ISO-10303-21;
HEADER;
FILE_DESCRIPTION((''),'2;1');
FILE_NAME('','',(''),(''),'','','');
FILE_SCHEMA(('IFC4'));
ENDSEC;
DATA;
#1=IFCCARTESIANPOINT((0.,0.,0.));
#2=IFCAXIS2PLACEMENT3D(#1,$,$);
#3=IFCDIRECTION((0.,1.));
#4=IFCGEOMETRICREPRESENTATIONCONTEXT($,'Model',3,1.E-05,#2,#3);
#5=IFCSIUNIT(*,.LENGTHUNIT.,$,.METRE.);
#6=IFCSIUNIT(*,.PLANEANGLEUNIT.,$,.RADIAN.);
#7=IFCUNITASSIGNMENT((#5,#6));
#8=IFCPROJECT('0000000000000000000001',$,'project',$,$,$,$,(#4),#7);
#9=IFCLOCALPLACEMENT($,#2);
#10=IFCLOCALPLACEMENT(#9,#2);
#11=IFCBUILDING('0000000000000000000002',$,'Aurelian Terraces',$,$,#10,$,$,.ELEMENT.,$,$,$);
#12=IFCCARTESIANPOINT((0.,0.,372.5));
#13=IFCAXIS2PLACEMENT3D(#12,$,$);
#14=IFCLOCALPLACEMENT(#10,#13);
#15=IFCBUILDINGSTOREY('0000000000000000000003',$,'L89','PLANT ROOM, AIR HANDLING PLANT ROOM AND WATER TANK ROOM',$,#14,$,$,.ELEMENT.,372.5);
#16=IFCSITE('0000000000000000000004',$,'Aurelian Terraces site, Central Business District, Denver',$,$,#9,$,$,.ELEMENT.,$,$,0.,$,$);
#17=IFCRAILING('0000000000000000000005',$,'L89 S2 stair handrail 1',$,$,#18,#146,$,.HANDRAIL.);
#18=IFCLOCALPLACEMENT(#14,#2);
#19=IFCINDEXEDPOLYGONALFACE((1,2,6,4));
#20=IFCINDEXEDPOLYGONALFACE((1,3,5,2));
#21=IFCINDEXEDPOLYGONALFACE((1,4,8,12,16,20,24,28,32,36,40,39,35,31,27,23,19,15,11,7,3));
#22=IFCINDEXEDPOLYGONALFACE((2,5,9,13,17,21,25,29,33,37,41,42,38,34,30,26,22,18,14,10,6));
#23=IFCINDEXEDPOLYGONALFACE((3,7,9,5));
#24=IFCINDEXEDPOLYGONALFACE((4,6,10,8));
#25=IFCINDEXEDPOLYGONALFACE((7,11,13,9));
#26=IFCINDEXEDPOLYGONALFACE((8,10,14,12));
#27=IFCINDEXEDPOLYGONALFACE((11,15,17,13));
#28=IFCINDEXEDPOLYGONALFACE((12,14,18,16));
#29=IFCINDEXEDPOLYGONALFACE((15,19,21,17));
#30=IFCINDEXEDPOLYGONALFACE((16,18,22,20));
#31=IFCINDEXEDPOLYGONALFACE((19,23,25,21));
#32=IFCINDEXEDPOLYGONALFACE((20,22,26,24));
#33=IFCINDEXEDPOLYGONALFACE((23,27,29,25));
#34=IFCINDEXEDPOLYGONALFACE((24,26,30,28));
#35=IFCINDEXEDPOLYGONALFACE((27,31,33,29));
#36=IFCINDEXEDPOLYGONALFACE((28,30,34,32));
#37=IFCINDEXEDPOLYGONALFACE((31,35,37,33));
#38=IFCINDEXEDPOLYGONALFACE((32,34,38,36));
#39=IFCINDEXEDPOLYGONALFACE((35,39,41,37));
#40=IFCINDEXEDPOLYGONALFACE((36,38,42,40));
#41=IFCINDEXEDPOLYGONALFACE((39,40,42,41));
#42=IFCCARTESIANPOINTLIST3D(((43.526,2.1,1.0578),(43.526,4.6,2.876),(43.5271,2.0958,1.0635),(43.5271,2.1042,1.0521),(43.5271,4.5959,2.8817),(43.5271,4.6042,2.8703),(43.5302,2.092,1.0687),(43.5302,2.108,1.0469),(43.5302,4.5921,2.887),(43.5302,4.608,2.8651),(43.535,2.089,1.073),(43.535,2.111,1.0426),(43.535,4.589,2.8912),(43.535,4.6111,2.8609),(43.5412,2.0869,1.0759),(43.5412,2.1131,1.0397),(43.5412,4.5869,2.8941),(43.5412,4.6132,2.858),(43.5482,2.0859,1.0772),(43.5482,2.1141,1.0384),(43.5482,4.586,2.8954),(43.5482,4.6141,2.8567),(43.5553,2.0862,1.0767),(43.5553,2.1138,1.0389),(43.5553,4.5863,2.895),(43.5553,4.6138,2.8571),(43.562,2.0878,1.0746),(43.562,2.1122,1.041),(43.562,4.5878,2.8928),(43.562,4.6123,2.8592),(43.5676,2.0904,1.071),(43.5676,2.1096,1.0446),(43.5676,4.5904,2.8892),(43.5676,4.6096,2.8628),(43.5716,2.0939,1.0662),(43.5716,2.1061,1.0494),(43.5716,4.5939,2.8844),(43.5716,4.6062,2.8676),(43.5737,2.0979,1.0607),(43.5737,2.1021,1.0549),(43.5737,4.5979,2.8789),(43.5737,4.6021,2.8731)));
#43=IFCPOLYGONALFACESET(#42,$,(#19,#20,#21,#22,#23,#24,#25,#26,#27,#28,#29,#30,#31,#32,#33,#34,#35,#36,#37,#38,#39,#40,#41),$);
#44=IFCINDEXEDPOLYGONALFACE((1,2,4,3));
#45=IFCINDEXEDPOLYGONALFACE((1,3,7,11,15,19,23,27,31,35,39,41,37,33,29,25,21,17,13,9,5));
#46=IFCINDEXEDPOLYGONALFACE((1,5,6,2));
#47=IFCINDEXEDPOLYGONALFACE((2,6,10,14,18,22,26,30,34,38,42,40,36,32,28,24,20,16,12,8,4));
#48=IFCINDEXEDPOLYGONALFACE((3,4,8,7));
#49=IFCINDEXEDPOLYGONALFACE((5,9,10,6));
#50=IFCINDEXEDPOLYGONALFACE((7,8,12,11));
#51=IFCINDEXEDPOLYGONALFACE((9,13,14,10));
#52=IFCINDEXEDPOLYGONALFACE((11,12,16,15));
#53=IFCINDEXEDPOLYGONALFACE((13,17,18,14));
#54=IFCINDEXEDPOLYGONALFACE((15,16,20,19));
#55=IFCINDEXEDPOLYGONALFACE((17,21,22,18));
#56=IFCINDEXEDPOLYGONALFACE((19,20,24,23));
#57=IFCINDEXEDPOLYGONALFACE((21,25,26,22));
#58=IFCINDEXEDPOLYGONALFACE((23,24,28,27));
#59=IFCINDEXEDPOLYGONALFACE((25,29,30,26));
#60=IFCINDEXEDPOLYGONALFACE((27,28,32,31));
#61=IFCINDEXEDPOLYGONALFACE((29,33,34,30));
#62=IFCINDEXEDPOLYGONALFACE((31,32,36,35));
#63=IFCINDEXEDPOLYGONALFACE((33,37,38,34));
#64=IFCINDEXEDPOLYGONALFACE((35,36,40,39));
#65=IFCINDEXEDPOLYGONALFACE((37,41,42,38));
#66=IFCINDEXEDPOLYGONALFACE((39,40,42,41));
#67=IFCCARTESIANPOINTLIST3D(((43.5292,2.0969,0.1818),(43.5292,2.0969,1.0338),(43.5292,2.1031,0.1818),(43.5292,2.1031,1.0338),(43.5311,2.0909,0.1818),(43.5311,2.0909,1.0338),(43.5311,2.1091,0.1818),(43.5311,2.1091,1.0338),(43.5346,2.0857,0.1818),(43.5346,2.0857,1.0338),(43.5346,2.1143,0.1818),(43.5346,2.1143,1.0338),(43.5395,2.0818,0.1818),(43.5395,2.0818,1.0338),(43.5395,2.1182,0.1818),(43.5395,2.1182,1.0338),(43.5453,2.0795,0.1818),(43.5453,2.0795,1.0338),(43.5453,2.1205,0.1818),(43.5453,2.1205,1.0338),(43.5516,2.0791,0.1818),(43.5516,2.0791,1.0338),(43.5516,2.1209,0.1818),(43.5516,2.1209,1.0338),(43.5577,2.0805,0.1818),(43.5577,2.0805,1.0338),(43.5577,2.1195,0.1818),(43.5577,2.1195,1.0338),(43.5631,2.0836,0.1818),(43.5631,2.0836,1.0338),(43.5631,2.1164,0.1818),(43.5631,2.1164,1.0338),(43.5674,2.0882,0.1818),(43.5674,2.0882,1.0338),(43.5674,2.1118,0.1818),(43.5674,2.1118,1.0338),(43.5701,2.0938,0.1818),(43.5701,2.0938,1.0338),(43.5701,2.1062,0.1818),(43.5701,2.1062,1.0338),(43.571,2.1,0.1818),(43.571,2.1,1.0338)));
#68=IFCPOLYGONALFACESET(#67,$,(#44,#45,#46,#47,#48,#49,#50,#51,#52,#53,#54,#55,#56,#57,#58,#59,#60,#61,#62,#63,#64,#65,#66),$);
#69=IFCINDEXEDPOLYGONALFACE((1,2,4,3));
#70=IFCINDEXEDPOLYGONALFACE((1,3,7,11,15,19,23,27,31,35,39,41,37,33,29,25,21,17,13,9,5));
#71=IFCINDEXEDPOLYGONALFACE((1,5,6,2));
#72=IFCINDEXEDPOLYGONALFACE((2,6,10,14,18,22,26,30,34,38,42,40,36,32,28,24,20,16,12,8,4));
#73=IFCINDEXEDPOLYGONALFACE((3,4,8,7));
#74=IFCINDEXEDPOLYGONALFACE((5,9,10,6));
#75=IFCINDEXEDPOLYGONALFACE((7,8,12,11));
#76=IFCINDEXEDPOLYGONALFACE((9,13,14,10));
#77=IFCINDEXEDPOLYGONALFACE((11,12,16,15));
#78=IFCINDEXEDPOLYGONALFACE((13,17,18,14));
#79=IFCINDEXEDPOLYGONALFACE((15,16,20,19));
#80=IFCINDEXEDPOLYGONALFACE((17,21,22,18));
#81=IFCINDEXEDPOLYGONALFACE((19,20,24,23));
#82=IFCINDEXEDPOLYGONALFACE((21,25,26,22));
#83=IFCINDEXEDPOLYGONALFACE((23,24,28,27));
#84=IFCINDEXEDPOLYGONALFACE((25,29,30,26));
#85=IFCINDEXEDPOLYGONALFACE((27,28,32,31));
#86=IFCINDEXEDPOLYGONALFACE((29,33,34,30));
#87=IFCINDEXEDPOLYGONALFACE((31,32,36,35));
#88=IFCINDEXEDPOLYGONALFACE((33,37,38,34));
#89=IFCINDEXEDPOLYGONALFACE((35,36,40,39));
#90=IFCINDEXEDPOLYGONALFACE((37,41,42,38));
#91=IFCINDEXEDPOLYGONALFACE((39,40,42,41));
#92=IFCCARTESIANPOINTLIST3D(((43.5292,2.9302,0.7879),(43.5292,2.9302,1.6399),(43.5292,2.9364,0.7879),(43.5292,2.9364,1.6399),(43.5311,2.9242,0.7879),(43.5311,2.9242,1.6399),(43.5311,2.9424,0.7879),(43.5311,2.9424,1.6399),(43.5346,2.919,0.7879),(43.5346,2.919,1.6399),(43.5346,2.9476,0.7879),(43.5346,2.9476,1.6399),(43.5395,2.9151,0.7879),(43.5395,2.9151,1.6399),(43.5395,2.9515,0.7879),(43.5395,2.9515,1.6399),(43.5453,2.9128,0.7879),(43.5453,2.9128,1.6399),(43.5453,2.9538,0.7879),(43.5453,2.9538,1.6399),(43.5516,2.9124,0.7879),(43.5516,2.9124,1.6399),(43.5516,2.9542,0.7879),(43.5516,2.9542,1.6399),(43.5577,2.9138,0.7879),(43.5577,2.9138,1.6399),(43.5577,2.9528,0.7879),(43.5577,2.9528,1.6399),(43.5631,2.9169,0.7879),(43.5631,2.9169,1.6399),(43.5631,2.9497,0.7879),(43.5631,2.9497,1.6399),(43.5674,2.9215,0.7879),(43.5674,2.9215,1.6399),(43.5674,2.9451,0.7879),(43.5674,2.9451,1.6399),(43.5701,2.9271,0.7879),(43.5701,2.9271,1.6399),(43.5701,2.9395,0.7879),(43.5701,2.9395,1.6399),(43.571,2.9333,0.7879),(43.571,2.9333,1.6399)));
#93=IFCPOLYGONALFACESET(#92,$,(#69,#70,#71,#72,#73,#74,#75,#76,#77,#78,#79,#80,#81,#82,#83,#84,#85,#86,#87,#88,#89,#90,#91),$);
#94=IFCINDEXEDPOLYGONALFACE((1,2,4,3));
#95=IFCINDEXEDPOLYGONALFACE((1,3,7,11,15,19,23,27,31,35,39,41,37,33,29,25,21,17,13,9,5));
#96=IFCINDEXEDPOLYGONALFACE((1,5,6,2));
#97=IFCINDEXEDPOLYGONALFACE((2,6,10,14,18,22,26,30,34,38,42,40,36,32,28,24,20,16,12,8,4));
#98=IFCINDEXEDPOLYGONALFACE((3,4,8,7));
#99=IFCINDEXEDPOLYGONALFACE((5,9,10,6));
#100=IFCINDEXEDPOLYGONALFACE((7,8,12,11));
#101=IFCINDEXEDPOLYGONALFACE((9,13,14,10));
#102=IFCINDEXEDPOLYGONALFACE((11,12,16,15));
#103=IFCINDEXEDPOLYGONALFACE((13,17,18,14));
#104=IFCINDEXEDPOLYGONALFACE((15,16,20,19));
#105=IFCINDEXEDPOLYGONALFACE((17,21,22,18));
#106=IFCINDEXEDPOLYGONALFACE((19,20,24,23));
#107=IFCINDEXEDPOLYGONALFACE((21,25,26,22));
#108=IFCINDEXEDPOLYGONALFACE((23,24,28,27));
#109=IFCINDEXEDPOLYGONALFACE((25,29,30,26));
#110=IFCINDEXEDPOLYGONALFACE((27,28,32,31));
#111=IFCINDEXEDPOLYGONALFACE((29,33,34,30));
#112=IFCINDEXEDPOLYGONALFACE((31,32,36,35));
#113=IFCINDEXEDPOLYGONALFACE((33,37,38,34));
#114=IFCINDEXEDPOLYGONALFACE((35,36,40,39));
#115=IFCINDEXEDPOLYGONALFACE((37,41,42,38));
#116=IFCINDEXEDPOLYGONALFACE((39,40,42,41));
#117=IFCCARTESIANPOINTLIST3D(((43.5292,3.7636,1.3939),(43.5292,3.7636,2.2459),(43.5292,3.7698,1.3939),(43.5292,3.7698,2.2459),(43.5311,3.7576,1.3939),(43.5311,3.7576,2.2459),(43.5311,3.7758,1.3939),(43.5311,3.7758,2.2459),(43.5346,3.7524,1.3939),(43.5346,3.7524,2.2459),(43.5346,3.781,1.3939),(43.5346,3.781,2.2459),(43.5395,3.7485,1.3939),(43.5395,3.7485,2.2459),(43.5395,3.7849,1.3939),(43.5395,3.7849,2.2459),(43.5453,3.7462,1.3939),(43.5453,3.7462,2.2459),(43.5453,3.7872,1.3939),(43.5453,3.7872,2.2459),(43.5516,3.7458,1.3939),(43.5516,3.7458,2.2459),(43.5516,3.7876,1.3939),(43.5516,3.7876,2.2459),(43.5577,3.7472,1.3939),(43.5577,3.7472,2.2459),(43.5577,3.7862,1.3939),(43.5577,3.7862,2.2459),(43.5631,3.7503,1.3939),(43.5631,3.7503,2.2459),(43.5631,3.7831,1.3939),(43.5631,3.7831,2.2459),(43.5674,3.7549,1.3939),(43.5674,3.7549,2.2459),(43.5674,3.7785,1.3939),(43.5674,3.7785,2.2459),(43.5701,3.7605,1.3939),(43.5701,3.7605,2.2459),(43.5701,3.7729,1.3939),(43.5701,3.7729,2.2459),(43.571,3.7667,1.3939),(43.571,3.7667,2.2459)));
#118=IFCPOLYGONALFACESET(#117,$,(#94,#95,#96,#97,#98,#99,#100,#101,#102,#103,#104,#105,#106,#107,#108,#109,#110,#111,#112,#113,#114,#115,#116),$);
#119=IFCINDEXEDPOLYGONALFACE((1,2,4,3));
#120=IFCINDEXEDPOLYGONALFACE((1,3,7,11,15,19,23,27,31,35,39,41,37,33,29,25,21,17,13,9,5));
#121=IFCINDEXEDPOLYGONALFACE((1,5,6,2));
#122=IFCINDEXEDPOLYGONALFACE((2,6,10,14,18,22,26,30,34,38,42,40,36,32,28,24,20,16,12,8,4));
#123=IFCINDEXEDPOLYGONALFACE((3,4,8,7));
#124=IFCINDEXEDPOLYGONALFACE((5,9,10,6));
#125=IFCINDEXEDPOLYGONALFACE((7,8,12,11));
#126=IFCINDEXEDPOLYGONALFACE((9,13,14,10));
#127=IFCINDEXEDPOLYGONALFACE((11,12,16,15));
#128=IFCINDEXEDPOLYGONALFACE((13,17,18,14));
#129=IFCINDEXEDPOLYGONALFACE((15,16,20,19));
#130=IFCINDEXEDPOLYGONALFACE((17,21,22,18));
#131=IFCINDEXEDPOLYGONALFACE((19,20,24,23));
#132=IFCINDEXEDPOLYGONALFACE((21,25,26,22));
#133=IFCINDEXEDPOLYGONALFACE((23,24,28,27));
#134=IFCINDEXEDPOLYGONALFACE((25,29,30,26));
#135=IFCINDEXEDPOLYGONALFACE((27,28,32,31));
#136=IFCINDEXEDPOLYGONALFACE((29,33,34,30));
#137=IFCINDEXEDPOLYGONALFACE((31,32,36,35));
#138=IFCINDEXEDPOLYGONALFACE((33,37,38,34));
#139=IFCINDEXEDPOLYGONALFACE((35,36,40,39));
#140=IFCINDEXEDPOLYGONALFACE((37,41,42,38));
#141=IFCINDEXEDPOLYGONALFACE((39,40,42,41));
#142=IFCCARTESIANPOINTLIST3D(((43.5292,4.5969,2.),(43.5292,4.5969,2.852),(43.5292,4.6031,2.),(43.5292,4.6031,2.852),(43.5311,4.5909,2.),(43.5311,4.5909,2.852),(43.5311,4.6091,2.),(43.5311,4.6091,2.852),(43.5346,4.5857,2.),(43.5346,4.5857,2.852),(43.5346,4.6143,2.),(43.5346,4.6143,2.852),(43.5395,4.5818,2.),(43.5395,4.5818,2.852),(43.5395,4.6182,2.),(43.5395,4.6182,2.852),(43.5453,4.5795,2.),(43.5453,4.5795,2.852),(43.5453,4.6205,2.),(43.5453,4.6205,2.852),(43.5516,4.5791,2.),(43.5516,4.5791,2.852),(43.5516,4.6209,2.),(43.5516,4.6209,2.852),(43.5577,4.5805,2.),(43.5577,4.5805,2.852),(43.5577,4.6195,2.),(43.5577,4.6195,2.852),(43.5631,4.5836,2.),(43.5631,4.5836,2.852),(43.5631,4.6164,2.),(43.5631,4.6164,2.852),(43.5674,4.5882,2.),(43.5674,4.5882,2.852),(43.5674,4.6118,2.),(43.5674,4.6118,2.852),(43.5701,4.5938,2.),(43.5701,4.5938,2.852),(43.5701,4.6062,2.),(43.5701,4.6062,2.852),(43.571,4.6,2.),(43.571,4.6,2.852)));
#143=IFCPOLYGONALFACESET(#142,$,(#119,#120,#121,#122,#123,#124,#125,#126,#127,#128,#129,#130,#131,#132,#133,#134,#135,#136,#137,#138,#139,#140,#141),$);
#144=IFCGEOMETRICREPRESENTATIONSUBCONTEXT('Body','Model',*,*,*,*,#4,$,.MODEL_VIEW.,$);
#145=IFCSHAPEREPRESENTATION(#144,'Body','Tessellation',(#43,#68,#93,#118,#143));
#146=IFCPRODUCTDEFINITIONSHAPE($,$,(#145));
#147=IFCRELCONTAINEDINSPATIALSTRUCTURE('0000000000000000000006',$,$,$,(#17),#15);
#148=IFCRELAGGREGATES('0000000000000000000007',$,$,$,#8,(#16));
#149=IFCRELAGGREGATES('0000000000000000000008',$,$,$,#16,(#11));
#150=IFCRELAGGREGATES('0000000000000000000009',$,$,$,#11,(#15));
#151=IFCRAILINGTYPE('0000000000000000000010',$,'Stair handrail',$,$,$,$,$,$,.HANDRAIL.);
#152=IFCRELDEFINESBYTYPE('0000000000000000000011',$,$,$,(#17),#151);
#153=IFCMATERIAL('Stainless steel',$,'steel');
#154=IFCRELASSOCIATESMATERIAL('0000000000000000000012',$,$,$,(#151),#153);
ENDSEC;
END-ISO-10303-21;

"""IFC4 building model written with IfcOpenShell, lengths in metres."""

from ifc_helpers import new_model, si_unit, direction, frame, origin, origin_2d, place, context, subcontext, project, spatial, circle, extrude, source, transform, mapped, material, type_object, element, save


model = new_model("IFC4")

# Units and contexts
model_context = context("Model", 3, precision=1e-05, world=origin(), true_north=direction((0.0, 1.0)))
body_context = subcontext(model_context, "Body", "Model", "MODEL_VIEW")
ifc_project = project(units=[si_unit("LENGTHUNIT", "METRE"), si_unit("PLANEANGLEUNIT", "RADIAN")], contexts=[model_context])

# Site, building, storey
site_placement = place(None, origin())
site = spatial("IfcSite", under=ifc_project, at=site_placement, Name="Aurelian Terraces site, Central Business District, Denver", CompositionType="ELEMENT", RefElevation=0.0)
building_placement = place(site_placement, origin())
building = spatial("IfcBuilding", under=site, at=building_placement, Name="Aurelian Terraces", CompositionType="ELEMENT")
storey_placement = place(building_placement, frame((0.0, 0.0, 372.5)))
storey = spatial("IfcBuildingStorey", under=building, at=storey_placement, Name="L89", Description="PLANT ROOM, AIR HANDLING PLANT ROOM AND WATER TANK ROOM", CompositionType="ELEMENT", Elevation=372.5)

# Railing
ifc_material_1 = material(Name="Stainless steel", Category="steel")
railing_type_1 = type_object("IfcRailingType", Name="Stair handrail", PredefinedType="HANDRAIL", material=ifc_material_1)
shared_shape_1 = source(origin(), body_context, "Body", "SweptSolid", [
    extrude(circle(Radius=0.024, at=origin_2d()), frame((0.0, 0.0, 0.876), z_axis=(0.0, 0.808733, 0.588176), x_axis=(-1.0, 0.0, 0.0)), (0.0, 0.0, 1.0), 3.0913),
    extrude(circle(Radius=0.021, at=origin_2d()), origin(), (0.0, 0.0, 1.0), 0.852),
    extrude(circle(Radius=0.021, at=origin_2d()), frame((0.0, 0.8333, 0.6061)), (0.0, 0.0, 1.0), 0.852),
    extrude(circle(Radius=0.021, at=origin_2d()), frame((0.0, 1.6667, 1.2121)), (0.0, 0.0, 1.0), 0.852),
    extrude(circle(Radius=0.021, at=origin_2d()), frame((0.0, 2.5, 1.8182)), (0.0, 0.0, 1.0), 0.852),
])
railing_1_placement = place(storey_placement, frame((43.55, 2.1, 0.1818)))
element("IfcRailing", 1, at=railing_1_placement, inside=storey, type_object=railing_type_1, Name="L89 S2 stair handrail 1", PredefinedType="HANDRAIL", context=body_context, shape_type="MappedRepresentation", body=[
    mapped(shared_shape_1, transform((0.0, 0.0, 0.0), scale=1.0)),
])

save(model, "model.ifc")
